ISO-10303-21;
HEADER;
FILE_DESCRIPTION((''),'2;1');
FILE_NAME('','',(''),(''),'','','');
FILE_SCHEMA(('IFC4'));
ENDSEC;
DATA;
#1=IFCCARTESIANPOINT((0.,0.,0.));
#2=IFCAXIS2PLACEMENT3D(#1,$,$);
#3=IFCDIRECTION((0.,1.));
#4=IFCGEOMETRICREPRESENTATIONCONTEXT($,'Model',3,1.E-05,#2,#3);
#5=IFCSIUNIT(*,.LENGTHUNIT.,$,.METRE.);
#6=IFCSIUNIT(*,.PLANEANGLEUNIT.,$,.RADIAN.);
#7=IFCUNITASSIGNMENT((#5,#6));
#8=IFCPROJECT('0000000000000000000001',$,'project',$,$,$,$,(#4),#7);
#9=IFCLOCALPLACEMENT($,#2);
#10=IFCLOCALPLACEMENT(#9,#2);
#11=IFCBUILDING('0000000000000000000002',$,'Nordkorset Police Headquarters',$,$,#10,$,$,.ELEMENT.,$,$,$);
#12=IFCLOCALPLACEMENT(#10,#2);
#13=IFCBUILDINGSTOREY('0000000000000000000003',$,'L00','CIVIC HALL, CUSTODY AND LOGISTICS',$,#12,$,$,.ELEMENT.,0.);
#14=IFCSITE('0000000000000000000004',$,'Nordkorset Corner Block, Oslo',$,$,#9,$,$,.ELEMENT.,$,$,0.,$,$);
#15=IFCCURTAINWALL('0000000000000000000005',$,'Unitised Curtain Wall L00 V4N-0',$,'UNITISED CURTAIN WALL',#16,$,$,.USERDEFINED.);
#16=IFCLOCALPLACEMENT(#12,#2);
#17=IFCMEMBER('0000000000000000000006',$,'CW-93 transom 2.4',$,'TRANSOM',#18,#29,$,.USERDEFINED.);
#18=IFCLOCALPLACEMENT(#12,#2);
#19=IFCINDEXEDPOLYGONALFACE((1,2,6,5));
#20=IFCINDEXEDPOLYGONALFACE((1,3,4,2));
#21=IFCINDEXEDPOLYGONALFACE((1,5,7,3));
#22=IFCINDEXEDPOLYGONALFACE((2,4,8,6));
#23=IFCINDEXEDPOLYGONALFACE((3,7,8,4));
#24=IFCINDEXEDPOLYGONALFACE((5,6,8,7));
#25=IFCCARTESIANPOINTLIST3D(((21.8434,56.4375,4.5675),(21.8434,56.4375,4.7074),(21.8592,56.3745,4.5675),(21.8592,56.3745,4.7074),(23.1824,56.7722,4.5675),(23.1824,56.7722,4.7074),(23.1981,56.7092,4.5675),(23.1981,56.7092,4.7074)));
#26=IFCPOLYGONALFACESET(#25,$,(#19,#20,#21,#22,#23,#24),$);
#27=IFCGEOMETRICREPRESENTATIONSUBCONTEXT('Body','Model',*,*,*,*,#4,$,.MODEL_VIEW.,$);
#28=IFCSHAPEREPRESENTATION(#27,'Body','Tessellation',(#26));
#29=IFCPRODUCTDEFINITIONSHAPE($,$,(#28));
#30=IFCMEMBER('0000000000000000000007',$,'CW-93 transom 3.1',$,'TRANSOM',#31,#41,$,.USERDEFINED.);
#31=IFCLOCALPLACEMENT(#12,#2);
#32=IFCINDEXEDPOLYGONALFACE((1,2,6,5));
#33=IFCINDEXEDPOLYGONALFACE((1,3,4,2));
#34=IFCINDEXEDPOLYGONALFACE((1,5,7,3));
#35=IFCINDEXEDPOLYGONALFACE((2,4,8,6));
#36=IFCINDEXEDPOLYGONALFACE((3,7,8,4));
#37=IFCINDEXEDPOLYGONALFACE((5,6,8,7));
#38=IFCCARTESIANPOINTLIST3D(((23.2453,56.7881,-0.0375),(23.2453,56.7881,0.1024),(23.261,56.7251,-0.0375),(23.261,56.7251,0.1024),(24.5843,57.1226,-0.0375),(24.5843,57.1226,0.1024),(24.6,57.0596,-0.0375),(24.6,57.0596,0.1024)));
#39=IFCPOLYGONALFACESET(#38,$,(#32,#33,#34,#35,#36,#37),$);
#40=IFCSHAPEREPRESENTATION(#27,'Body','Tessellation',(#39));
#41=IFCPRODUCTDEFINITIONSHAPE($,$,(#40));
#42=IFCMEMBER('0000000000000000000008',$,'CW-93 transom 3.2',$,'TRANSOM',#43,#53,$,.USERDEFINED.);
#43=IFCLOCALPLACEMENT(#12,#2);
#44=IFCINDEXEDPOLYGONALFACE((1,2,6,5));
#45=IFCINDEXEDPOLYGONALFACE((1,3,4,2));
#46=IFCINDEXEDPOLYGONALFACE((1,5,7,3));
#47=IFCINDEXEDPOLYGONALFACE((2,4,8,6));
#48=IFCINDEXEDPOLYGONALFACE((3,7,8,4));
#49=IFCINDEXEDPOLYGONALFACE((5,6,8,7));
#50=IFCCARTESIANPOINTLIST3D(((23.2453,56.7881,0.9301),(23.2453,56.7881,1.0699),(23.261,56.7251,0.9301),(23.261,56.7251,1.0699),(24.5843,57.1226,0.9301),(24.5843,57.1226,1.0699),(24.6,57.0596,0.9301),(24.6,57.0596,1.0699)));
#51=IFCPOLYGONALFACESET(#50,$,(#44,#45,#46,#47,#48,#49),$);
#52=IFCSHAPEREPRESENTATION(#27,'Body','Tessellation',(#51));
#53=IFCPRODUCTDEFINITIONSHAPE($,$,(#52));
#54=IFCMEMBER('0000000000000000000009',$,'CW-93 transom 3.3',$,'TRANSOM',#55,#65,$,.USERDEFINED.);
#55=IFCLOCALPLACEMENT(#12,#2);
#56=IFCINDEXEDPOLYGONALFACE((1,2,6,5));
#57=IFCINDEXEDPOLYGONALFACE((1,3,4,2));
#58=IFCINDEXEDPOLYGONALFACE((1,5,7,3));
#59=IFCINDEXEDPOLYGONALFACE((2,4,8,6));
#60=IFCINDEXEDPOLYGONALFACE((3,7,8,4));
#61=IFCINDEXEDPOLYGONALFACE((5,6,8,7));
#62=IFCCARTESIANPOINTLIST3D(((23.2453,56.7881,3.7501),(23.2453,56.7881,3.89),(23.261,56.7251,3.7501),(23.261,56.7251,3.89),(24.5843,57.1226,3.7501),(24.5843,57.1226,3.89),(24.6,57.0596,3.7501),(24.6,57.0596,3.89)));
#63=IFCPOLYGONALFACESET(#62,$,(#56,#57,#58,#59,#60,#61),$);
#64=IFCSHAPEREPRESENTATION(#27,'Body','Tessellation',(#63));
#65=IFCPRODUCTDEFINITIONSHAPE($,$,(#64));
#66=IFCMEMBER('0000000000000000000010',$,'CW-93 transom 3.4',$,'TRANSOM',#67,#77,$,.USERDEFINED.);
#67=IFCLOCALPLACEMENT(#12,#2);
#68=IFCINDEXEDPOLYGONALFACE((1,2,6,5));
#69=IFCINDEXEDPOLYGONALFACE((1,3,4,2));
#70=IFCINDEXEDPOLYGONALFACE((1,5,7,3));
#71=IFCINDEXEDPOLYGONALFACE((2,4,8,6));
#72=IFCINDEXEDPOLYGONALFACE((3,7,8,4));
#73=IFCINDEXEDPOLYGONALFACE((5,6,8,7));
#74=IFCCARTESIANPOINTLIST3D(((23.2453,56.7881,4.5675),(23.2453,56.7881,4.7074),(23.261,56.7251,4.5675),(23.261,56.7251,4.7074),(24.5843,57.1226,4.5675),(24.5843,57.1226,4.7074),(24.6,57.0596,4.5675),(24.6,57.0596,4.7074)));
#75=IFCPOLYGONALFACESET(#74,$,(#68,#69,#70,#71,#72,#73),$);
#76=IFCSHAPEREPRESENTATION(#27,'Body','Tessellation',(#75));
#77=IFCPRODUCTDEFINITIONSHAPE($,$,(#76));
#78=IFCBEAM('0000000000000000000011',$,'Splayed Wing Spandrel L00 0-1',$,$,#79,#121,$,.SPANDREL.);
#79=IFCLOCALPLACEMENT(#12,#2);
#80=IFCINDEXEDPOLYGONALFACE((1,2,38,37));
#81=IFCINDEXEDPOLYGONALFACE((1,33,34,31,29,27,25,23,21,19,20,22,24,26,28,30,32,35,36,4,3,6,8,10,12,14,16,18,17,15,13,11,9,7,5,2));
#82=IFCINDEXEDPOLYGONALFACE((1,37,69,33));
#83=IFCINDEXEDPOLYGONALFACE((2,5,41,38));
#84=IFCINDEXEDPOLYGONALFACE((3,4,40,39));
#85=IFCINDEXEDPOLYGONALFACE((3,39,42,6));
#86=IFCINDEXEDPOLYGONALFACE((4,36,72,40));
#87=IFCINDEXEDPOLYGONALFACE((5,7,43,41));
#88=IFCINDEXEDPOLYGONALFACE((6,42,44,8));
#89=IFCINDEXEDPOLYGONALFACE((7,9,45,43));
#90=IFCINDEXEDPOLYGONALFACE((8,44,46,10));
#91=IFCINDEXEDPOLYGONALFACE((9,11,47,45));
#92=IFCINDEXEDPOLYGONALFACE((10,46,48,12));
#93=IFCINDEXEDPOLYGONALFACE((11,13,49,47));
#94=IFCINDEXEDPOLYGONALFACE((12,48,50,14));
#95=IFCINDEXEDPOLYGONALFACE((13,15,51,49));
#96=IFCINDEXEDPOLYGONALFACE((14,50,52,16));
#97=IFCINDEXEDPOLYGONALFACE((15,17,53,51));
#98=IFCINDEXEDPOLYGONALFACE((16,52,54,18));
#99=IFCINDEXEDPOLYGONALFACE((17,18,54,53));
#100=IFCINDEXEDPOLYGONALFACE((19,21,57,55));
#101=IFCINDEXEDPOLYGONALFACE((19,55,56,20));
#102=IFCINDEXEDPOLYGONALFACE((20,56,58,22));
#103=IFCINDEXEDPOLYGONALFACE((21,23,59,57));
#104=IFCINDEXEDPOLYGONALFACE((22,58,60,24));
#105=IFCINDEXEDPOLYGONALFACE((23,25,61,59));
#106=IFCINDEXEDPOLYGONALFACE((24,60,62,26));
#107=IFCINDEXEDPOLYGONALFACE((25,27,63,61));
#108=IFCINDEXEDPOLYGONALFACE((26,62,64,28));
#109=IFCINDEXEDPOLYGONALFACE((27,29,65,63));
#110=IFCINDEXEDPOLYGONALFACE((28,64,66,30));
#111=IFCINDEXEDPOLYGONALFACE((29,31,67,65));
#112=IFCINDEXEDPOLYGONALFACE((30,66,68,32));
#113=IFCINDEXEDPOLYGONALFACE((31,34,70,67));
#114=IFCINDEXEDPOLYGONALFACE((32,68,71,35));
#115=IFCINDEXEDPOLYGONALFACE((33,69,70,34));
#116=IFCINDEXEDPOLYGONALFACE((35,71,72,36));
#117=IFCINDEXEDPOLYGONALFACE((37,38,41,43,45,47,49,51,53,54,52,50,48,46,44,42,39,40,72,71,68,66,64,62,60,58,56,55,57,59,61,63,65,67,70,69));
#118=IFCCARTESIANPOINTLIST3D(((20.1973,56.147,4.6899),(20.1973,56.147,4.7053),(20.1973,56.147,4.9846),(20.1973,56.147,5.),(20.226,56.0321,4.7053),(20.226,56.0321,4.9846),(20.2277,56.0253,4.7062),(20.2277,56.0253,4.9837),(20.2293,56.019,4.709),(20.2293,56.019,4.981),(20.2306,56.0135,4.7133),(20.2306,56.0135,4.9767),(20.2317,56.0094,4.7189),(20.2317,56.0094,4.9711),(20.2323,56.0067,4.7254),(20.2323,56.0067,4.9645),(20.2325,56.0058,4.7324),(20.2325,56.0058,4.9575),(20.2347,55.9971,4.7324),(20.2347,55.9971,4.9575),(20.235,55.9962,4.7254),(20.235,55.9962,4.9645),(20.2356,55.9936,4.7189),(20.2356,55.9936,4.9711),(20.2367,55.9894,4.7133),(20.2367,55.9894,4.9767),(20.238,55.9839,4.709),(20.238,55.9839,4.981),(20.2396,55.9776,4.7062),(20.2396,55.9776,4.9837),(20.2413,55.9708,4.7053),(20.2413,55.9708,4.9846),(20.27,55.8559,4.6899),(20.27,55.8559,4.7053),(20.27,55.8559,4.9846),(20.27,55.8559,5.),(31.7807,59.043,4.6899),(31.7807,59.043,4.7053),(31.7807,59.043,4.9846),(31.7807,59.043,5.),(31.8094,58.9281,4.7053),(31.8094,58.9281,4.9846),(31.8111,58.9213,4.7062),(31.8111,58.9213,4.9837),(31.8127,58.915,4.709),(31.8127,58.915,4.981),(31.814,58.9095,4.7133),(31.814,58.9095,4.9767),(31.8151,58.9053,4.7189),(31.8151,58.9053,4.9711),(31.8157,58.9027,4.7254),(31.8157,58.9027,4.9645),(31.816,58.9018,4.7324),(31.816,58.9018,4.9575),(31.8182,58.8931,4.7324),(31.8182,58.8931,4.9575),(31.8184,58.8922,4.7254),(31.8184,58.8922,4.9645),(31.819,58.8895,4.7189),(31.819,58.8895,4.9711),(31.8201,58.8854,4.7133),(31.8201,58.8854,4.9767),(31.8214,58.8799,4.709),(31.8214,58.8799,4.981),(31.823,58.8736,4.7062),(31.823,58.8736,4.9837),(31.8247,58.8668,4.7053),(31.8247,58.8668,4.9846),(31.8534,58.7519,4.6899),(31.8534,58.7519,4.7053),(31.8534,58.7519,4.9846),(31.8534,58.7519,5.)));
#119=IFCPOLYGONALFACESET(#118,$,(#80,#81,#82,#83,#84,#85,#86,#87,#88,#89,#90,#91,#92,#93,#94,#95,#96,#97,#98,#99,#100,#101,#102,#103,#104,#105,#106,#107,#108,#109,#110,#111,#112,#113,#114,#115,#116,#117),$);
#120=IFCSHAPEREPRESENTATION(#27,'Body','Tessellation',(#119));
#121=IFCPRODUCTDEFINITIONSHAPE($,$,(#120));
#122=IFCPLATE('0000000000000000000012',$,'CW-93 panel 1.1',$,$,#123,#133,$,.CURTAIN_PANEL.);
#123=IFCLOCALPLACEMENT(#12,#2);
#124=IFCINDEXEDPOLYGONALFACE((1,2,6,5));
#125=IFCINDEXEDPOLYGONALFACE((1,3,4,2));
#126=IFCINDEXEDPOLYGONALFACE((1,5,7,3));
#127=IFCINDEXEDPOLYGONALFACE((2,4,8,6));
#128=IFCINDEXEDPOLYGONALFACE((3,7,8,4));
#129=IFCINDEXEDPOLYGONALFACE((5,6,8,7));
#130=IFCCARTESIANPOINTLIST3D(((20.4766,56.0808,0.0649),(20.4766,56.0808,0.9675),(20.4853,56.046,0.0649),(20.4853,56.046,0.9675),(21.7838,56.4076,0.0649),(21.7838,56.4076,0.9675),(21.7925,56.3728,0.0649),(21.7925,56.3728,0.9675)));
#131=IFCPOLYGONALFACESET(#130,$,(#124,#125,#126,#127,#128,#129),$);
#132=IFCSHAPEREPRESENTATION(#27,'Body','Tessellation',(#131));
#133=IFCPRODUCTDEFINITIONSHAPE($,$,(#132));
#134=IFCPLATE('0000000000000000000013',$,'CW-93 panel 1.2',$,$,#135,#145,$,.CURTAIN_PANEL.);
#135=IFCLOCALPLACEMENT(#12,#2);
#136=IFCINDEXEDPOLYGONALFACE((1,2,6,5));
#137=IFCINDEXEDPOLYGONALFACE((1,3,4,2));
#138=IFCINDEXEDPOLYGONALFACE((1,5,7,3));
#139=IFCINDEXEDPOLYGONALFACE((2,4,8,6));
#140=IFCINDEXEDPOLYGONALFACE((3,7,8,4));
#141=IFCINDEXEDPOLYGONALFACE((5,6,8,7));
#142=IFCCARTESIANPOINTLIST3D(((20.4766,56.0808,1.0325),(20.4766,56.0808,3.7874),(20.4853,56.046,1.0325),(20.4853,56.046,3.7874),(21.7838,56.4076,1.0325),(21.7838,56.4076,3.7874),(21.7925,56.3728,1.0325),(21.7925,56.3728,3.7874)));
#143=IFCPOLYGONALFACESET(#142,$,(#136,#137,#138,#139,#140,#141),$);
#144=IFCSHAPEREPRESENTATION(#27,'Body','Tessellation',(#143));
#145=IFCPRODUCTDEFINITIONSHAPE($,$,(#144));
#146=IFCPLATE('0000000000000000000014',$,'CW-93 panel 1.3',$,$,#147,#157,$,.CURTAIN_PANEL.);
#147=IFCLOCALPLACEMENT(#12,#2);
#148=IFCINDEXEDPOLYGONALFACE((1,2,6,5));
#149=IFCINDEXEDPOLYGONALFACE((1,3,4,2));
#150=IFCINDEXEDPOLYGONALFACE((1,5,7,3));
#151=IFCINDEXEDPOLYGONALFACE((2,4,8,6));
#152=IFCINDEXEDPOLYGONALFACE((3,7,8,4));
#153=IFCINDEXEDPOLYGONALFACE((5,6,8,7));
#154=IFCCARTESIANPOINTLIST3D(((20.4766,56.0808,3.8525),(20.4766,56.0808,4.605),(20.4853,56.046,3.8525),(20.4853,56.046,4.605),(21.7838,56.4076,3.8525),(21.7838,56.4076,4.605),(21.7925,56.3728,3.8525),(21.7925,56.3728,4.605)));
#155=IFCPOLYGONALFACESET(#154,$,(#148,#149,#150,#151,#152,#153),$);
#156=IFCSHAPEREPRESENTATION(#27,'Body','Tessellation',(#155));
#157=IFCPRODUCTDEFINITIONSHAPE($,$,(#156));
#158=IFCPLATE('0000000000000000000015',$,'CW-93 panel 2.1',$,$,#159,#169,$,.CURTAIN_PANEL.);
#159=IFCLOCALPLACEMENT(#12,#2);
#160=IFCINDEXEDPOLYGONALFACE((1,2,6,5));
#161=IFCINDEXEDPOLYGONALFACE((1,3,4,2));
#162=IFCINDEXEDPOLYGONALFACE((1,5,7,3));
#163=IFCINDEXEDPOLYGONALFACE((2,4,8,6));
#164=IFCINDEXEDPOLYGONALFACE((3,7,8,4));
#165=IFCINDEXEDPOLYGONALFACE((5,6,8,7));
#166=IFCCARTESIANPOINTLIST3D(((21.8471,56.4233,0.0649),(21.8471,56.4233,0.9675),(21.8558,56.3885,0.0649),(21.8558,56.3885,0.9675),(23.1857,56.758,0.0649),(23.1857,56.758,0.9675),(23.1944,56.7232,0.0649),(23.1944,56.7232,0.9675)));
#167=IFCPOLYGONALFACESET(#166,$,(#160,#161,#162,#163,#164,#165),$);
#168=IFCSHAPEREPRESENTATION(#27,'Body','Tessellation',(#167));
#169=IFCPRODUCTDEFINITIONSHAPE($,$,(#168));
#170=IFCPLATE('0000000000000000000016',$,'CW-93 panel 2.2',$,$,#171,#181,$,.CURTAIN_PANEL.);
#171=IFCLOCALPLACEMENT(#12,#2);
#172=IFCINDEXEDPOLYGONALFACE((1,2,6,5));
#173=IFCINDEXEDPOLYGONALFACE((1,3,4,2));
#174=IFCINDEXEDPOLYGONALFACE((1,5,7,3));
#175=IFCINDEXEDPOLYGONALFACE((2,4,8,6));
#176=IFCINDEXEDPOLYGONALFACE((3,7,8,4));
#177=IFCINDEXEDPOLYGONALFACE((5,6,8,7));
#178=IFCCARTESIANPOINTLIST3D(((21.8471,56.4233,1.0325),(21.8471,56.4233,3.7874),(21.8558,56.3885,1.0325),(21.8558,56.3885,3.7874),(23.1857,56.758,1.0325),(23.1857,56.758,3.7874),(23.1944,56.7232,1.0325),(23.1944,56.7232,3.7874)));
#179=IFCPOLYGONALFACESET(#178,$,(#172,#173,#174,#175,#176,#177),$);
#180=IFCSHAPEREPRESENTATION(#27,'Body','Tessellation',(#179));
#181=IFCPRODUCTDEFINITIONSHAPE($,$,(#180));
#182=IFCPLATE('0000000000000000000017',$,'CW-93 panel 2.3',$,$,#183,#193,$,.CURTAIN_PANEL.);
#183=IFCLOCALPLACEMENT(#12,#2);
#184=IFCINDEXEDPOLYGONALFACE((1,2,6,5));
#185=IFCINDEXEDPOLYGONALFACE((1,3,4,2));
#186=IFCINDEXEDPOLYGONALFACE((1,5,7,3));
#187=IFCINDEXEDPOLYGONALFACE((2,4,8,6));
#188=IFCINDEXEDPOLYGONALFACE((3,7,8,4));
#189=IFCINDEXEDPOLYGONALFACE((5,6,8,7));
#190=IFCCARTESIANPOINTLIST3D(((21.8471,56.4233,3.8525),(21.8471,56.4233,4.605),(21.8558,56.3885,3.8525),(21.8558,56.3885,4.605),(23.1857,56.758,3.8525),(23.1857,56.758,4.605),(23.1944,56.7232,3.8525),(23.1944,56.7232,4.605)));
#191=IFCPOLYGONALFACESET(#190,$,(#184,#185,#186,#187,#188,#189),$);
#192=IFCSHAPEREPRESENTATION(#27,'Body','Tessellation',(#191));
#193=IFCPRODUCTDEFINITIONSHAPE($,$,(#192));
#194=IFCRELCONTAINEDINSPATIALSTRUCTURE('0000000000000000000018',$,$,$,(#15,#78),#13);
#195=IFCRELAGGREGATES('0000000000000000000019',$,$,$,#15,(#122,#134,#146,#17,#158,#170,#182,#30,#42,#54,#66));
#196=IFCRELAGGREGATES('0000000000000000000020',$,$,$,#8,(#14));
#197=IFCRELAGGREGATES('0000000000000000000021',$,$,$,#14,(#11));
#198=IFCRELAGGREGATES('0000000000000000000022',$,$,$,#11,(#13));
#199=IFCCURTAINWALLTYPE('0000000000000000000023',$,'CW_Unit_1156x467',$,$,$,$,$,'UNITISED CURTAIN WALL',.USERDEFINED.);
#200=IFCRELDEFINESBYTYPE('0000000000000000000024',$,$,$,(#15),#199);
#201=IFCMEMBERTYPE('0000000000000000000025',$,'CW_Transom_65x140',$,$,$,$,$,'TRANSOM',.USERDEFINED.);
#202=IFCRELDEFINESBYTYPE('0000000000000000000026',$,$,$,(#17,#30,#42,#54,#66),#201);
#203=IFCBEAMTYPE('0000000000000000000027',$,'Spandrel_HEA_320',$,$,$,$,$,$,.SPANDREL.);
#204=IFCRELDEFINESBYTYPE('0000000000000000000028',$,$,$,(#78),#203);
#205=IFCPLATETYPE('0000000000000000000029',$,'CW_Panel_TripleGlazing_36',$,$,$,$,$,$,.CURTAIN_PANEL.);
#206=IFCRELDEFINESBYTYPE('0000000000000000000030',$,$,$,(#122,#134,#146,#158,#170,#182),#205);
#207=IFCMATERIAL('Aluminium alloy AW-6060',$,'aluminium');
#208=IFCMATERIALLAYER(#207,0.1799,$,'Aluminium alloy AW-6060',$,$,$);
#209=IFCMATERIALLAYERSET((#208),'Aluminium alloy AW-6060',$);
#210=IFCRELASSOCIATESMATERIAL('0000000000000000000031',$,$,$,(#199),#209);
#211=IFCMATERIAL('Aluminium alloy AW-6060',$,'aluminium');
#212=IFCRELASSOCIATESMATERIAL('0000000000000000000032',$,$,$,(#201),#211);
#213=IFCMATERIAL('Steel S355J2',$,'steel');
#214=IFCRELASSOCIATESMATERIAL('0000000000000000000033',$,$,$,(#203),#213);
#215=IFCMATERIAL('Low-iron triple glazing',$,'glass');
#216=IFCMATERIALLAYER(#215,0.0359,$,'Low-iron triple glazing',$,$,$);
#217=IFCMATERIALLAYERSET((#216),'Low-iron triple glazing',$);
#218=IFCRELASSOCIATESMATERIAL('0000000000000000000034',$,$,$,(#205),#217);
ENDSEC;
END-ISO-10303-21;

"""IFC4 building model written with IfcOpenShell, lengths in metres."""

from ifc_helpers import new_model, si_unit, direction, frame, origin, origin_2d, place, context, subcontext, project, spatial, rectangle, i_section, extrude, material, layer, layer_set, material_profile, profile_set, type_object, element, aggregate, save


model = new_model("IFC4")

# Units and contexts
model_context = context("Model", 3, precision=1e-05, world=origin(), true_north=direction((0.0, 1.0)))
body_context = subcontext(model_context, "Body", "Model", "MODEL_VIEW")
ifc_project = project(units=[si_unit("LENGTHUNIT", "METRE"), si_unit("PLANEANGLEUNIT", "RADIAN")], contexts=[model_context])

# Site, building, storey
site_placement = place(None, origin())
site = spatial("IfcSite", under=ifc_project, at=site_placement, Name="Nordkorset Corner Block, Oslo", CompositionType="ELEMENT", RefElevation=0.0)
building_placement = place(site_placement, origin())
building = spatial("IfcBuilding", under=site, at=building_placement, Name="Nordkorset Police Headquarters", CompositionType="ELEMENT")
storey_placement = place(building_placement, origin())
storey = spatial("IfcBuildingStorey", under=building, at=storey_placement, Name="L00", Description="CIVIC HALL, CUSTODY AND LOGISTICS", CompositionType="ELEMENT", Elevation=0.0)

# Curtain wall, members
ifc_material_1 = material(Name="Aluminium alloy AW-6060", Category="aluminium")
ifc_layer_1 = layer(ifc_material_1, 0.1799, Name="Aluminium alloy AW-6060")
ifc_layer_set_1 = layer_set([ifc_layer_1], Name="Aluminium alloy AW-6060")
curtain_wall_type = type_object("IfcCurtainWallType", Name="CW_Unit_1156x467", ElementType="UNITISED CURTAIN WALL", PredefinedType="USERDEFINED", material=ifc_layer_set_1)
curtain_wall_placement = place(storey_placement, origin())
curtain_wall = element("IfcCurtainWall", 1, at=curtain_wall_placement, inside=storey, type_object=curtain_wall_type, Name="Unitised Curtain Wall L00 V4N-0", ObjectType="UNITISED CURTAIN WALL", PredefinedType="USERDEFINED")
ifc_material_2 = material(Name="Aluminium alloy AW-6060", Category="aluminium")
ifc_material_profile_1 = material_profile(ifc_material_2, rectangle(XDim=0.0649, YDim=0.1399, at=origin_2d()), Name="ALU TRAN 65x140")
ifc_profile_set_1 = profile_set([ifc_material_profile_1], Name="Aluminium alloy AW-6060")
member_type_1 = type_object("IfcMemberType", Name="CW_Transom_65x140", ElementType="TRANSOM", PredefinedType="USERDEFINED", material=ifc_profile_set_1)
member_1_placement = place(storey_placement, frame((21.8513, 56.406, 4.6375), z_axis=(0.970143, 0.242536, 0.0), x_axis=(-0.242536, 0.970143, 0.0)))
member_1 = element("IfcMember", 2, at=member_1_placement, type_object=member_type_1, Name="CW-93 transom 2.4", ObjectType="TRANSOM", PredefinedType="USERDEFINED", context=body_context, shape_type="SweptSolid", body=[
    extrude(rectangle(XDim=0.0649, YDim=0.1399, at=origin_2d()), origin(), (0.0, 0.0, 1.0), 1.3801),
])
member_2_placement = place(storey_placement, frame((23.2532, 56.7566, 0.0325), z_axis=(0.970184, 0.242369, 0.0), x_axis=(-0.242369, 0.970184, 0.0)))
member_2 = element("IfcMember", 3, at=member_2_placement, type_object=member_type_1, Name="CW-93 transom 3.1", ObjectType="TRANSOM", PredefinedType="USERDEFINED", context=body_context, shape_type="SweptSolid", body=[
    extrude(rectangle(XDim=0.0649, YDim=0.1399, at=origin_2d()), origin(), (0.0, 0.0, 1.0), 1.3801),
])
member_3_placement = place(storey_placement, frame((23.2532, 56.7566, 1.0), z_axis=(0.970184, 0.242369, 0.0), x_axis=(-0.242369, 0.970184, 0.0)))
member_3 = element("IfcMember", 4, at=member_3_placement, type_object=member_type_1, Name="CW-93 transom 3.2", ObjectType="TRANSOM", PredefinedType="USERDEFINED", context=body_context, shape_type="SweptSolid", body=[
    extrude(rectangle(XDim=0.0649, YDim=0.1399, at=origin_2d()), origin(), (0.0, 0.0, 1.0), 1.3801),
])
member_4_placement = place(storey_placement, frame((23.2532, 56.7566, 3.8201), z_axis=(0.970184, 0.242369, 0.0), x_axis=(-0.242369, 0.970184, 0.0)))
member_4 = element("IfcMember", 5, at=member_4_placement, type_object=member_type_1, Name="CW-93 transom 3.3", ObjectType="TRANSOM", PredefinedType="USERDEFINED", context=body_context, shape_type="SweptSolid", body=[
    extrude(rectangle(XDim=0.0649, YDim=0.1399, at=origin_2d()), origin(), (0.0, 0.0, 1.0), 1.3801),
])
member_5_placement = place(storey_placement, frame((23.2532, 56.7566, 4.6375), z_axis=(0.970184, 0.242369, 0.0), x_axis=(-0.242369, 0.970184, 0.0)))
member_5 = element("IfcMember", 6, at=member_5_placement, type_object=member_type_1, Name="CW-93 transom 3.4", ObjectType="TRANSOM", PredefinedType="USERDEFINED", context=body_context, shape_type="SweptSolid", body=[
    extrude(rectangle(XDim=0.0649, YDim=0.1399, at=origin_2d()), origin(), (0.0, 0.0, 1.0), 1.3801),
])

# Beam
ifc_material_3 = material(Name="Steel S355J2", Category="steel")
ifc_material_profile_2 = material_profile(ifc_material_3, i_section(OverallWidth=0.3, OverallDepth=0.3101, WebThickness=0.009, FlangeThickness=0.0154, FilletRadius=0.0271, at=origin_2d()), Name="HEA 320")
ifc_profile_set_2 = profile_set([ifc_material_profile_2], Name="Steel S355J2")
beam_type = type_object("IfcBeamType", Name="Spandrel_HEA_320", PredefinedType="SPANDREL", material=ifc_profile_set_2)
beam_placement = place(storey_placement, frame((20.2336, 56.0015, 4.845), z_axis=(0.97014, 0.242545, 0.0), x_axis=(-0.242545, 0.97014, 0.0)))
element("IfcBeam", 7, at=beam_placement, inside=storey, type_object=beam_type, Name="Splayed Wing Spandrel L00 0-1", PredefinedType="SPANDREL", context=body_context, shape_type="SweptSolid", body=[
    extrude(i_section(OverallWidth=0.3, OverallDepth=0.3101, WebThickness=0.009, FlangeThickness=0.0154, FilletRadius=0.0271, at=origin_2d()), origin(), (0.0, 0.0, 1.0), 11.9399),
])

# Plates
ifc_material_4 = material(Name="Low-iron triple glazing", Category="glass")
ifc_layer_2 = layer(ifc_material_4, 0.0359, Name="Low-iron triple glazing")
ifc_layer_set_2 = layer_set([ifc_layer_2], Name="Low-iron triple glazing")
plate_type = type_object("IfcPlateType", Name="CW_Panel_TripleGlazing_36", PredefinedType="CURTAIN_PANEL", material=ifc_layer_set_2)
plate_1_placement = place(storey_placement, frame((21.1345, 56.2268, 0.0649), z_axis=(0.0, 0.0, 1.0), x_axis=(0.970142, 0.242536, 0.0)))
plate_1 = element("IfcPlate", 8, at=plate_1_placement, type_object=plate_type, Name="CW-93 panel 1.1", PredefinedType="CURTAIN_PANEL", context=body_context, shape_type="SweptSolid", body=[
    extrude(rectangle(XDim=1.3474, YDim=0.0359, at=origin_2d()), origin(), (0.0, 0.0, 1.0), 0.9026),
])
plate_2_placement = place(storey_placement, frame((21.1345, 56.2268, 1.0325), z_axis=(0.0, 0.0, 1.0), x_axis=(0.970142, 0.242536, 0.0)))
plate_2 = element("IfcPlate", 9, at=plate_2_placement, type_object=plate_type, Name="CW-93 panel 1.2", PredefinedType="CURTAIN_PANEL", context=body_context, shape_type="SweptSolid", body=[
    extrude(rectangle(XDim=1.3474, YDim=0.0359, at=origin_2d()), origin(), (0.0, 0.0, 1.0), 2.7549),
])
plate_3_placement = place(storey_placement, frame((21.1345, 56.2268, 3.8525), z_axis=(0.0, 0.0, 1.0), x_axis=(0.970142, 0.242536, 0.0)))
plate_3 = element("IfcPlate", 10, at=plate_3_placement, type_object=plate_type, Name="CW-93 panel 1.3", PredefinedType="CURTAIN_PANEL", context=body_context, shape_type="SweptSolid", body=[
    extrude(rectangle(XDim=1.3474, YDim=0.0359, at=origin_2d()), origin(), (0.0, 0.0, 1.0), 0.7524),
])
plate_4_placement = place(storey_placement, frame((22.5208, 56.5732, 0.0649), z_axis=(0.0, 0.0, 1.0), x_axis=(0.970142, 0.242536, 0.0)))
plate_4 = element("IfcPlate", 11, at=plate_4_placement, type_object=plate_type, Name="CW-93 panel 2.1", PredefinedType="CURTAIN_PANEL", context=body_context, shape_type="SweptSolid", body=[
    extrude(rectangle(XDim=1.3799, YDim=0.0359, at=origin_2d()), origin(), (0.0, 0.0, 1.0), 0.9026),
])
plate_5_placement = place(storey_placement, frame((22.5208, 56.5732, 1.0325), z_axis=(0.0, 0.0, 1.0), x_axis=(0.970142, 0.242536, 0.0)))
plate_5 = element("IfcPlate", 12, at=plate_5_placement, type_object=plate_type, Name="CW-93 panel 2.2", PredefinedType="CURTAIN_PANEL", context=body_context, shape_type="SweptSolid", body=[
    extrude(rectangle(XDim=1.3799, YDim=0.0359, at=origin_2d()), origin(), (0.0, 0.0, 1.0), 2.7549),
])
plate_6_placement = place(storey_placement, frame((22.5208, 56.5732, 3.8525), z_axis=(0.0, 0.0, 1.0), x_axis=(0.970142, 0.242536, 0.0)))
plate_6 = element("IfcPlate", 13, at=plate_6_placement, type_object=plate_type, Name="CW-93 panel 2.3", PredefinedType="CURTAIN_PANEL", context=body_context, shape_type="SweptSolid", body=[
    extrude(rectangle(XDim=1.3799, YDim=0.0359, at=origin_2d()), origin(), (0.0, 0.0, 1.0), 0.7524),
])
aggregate(curtain_wall, [plate_1, plate_2, plate_3, member_1, plate_4, plate_5, plate_6, member_2, member_3, member_4, member_5])

save(model, "model.ifc")
